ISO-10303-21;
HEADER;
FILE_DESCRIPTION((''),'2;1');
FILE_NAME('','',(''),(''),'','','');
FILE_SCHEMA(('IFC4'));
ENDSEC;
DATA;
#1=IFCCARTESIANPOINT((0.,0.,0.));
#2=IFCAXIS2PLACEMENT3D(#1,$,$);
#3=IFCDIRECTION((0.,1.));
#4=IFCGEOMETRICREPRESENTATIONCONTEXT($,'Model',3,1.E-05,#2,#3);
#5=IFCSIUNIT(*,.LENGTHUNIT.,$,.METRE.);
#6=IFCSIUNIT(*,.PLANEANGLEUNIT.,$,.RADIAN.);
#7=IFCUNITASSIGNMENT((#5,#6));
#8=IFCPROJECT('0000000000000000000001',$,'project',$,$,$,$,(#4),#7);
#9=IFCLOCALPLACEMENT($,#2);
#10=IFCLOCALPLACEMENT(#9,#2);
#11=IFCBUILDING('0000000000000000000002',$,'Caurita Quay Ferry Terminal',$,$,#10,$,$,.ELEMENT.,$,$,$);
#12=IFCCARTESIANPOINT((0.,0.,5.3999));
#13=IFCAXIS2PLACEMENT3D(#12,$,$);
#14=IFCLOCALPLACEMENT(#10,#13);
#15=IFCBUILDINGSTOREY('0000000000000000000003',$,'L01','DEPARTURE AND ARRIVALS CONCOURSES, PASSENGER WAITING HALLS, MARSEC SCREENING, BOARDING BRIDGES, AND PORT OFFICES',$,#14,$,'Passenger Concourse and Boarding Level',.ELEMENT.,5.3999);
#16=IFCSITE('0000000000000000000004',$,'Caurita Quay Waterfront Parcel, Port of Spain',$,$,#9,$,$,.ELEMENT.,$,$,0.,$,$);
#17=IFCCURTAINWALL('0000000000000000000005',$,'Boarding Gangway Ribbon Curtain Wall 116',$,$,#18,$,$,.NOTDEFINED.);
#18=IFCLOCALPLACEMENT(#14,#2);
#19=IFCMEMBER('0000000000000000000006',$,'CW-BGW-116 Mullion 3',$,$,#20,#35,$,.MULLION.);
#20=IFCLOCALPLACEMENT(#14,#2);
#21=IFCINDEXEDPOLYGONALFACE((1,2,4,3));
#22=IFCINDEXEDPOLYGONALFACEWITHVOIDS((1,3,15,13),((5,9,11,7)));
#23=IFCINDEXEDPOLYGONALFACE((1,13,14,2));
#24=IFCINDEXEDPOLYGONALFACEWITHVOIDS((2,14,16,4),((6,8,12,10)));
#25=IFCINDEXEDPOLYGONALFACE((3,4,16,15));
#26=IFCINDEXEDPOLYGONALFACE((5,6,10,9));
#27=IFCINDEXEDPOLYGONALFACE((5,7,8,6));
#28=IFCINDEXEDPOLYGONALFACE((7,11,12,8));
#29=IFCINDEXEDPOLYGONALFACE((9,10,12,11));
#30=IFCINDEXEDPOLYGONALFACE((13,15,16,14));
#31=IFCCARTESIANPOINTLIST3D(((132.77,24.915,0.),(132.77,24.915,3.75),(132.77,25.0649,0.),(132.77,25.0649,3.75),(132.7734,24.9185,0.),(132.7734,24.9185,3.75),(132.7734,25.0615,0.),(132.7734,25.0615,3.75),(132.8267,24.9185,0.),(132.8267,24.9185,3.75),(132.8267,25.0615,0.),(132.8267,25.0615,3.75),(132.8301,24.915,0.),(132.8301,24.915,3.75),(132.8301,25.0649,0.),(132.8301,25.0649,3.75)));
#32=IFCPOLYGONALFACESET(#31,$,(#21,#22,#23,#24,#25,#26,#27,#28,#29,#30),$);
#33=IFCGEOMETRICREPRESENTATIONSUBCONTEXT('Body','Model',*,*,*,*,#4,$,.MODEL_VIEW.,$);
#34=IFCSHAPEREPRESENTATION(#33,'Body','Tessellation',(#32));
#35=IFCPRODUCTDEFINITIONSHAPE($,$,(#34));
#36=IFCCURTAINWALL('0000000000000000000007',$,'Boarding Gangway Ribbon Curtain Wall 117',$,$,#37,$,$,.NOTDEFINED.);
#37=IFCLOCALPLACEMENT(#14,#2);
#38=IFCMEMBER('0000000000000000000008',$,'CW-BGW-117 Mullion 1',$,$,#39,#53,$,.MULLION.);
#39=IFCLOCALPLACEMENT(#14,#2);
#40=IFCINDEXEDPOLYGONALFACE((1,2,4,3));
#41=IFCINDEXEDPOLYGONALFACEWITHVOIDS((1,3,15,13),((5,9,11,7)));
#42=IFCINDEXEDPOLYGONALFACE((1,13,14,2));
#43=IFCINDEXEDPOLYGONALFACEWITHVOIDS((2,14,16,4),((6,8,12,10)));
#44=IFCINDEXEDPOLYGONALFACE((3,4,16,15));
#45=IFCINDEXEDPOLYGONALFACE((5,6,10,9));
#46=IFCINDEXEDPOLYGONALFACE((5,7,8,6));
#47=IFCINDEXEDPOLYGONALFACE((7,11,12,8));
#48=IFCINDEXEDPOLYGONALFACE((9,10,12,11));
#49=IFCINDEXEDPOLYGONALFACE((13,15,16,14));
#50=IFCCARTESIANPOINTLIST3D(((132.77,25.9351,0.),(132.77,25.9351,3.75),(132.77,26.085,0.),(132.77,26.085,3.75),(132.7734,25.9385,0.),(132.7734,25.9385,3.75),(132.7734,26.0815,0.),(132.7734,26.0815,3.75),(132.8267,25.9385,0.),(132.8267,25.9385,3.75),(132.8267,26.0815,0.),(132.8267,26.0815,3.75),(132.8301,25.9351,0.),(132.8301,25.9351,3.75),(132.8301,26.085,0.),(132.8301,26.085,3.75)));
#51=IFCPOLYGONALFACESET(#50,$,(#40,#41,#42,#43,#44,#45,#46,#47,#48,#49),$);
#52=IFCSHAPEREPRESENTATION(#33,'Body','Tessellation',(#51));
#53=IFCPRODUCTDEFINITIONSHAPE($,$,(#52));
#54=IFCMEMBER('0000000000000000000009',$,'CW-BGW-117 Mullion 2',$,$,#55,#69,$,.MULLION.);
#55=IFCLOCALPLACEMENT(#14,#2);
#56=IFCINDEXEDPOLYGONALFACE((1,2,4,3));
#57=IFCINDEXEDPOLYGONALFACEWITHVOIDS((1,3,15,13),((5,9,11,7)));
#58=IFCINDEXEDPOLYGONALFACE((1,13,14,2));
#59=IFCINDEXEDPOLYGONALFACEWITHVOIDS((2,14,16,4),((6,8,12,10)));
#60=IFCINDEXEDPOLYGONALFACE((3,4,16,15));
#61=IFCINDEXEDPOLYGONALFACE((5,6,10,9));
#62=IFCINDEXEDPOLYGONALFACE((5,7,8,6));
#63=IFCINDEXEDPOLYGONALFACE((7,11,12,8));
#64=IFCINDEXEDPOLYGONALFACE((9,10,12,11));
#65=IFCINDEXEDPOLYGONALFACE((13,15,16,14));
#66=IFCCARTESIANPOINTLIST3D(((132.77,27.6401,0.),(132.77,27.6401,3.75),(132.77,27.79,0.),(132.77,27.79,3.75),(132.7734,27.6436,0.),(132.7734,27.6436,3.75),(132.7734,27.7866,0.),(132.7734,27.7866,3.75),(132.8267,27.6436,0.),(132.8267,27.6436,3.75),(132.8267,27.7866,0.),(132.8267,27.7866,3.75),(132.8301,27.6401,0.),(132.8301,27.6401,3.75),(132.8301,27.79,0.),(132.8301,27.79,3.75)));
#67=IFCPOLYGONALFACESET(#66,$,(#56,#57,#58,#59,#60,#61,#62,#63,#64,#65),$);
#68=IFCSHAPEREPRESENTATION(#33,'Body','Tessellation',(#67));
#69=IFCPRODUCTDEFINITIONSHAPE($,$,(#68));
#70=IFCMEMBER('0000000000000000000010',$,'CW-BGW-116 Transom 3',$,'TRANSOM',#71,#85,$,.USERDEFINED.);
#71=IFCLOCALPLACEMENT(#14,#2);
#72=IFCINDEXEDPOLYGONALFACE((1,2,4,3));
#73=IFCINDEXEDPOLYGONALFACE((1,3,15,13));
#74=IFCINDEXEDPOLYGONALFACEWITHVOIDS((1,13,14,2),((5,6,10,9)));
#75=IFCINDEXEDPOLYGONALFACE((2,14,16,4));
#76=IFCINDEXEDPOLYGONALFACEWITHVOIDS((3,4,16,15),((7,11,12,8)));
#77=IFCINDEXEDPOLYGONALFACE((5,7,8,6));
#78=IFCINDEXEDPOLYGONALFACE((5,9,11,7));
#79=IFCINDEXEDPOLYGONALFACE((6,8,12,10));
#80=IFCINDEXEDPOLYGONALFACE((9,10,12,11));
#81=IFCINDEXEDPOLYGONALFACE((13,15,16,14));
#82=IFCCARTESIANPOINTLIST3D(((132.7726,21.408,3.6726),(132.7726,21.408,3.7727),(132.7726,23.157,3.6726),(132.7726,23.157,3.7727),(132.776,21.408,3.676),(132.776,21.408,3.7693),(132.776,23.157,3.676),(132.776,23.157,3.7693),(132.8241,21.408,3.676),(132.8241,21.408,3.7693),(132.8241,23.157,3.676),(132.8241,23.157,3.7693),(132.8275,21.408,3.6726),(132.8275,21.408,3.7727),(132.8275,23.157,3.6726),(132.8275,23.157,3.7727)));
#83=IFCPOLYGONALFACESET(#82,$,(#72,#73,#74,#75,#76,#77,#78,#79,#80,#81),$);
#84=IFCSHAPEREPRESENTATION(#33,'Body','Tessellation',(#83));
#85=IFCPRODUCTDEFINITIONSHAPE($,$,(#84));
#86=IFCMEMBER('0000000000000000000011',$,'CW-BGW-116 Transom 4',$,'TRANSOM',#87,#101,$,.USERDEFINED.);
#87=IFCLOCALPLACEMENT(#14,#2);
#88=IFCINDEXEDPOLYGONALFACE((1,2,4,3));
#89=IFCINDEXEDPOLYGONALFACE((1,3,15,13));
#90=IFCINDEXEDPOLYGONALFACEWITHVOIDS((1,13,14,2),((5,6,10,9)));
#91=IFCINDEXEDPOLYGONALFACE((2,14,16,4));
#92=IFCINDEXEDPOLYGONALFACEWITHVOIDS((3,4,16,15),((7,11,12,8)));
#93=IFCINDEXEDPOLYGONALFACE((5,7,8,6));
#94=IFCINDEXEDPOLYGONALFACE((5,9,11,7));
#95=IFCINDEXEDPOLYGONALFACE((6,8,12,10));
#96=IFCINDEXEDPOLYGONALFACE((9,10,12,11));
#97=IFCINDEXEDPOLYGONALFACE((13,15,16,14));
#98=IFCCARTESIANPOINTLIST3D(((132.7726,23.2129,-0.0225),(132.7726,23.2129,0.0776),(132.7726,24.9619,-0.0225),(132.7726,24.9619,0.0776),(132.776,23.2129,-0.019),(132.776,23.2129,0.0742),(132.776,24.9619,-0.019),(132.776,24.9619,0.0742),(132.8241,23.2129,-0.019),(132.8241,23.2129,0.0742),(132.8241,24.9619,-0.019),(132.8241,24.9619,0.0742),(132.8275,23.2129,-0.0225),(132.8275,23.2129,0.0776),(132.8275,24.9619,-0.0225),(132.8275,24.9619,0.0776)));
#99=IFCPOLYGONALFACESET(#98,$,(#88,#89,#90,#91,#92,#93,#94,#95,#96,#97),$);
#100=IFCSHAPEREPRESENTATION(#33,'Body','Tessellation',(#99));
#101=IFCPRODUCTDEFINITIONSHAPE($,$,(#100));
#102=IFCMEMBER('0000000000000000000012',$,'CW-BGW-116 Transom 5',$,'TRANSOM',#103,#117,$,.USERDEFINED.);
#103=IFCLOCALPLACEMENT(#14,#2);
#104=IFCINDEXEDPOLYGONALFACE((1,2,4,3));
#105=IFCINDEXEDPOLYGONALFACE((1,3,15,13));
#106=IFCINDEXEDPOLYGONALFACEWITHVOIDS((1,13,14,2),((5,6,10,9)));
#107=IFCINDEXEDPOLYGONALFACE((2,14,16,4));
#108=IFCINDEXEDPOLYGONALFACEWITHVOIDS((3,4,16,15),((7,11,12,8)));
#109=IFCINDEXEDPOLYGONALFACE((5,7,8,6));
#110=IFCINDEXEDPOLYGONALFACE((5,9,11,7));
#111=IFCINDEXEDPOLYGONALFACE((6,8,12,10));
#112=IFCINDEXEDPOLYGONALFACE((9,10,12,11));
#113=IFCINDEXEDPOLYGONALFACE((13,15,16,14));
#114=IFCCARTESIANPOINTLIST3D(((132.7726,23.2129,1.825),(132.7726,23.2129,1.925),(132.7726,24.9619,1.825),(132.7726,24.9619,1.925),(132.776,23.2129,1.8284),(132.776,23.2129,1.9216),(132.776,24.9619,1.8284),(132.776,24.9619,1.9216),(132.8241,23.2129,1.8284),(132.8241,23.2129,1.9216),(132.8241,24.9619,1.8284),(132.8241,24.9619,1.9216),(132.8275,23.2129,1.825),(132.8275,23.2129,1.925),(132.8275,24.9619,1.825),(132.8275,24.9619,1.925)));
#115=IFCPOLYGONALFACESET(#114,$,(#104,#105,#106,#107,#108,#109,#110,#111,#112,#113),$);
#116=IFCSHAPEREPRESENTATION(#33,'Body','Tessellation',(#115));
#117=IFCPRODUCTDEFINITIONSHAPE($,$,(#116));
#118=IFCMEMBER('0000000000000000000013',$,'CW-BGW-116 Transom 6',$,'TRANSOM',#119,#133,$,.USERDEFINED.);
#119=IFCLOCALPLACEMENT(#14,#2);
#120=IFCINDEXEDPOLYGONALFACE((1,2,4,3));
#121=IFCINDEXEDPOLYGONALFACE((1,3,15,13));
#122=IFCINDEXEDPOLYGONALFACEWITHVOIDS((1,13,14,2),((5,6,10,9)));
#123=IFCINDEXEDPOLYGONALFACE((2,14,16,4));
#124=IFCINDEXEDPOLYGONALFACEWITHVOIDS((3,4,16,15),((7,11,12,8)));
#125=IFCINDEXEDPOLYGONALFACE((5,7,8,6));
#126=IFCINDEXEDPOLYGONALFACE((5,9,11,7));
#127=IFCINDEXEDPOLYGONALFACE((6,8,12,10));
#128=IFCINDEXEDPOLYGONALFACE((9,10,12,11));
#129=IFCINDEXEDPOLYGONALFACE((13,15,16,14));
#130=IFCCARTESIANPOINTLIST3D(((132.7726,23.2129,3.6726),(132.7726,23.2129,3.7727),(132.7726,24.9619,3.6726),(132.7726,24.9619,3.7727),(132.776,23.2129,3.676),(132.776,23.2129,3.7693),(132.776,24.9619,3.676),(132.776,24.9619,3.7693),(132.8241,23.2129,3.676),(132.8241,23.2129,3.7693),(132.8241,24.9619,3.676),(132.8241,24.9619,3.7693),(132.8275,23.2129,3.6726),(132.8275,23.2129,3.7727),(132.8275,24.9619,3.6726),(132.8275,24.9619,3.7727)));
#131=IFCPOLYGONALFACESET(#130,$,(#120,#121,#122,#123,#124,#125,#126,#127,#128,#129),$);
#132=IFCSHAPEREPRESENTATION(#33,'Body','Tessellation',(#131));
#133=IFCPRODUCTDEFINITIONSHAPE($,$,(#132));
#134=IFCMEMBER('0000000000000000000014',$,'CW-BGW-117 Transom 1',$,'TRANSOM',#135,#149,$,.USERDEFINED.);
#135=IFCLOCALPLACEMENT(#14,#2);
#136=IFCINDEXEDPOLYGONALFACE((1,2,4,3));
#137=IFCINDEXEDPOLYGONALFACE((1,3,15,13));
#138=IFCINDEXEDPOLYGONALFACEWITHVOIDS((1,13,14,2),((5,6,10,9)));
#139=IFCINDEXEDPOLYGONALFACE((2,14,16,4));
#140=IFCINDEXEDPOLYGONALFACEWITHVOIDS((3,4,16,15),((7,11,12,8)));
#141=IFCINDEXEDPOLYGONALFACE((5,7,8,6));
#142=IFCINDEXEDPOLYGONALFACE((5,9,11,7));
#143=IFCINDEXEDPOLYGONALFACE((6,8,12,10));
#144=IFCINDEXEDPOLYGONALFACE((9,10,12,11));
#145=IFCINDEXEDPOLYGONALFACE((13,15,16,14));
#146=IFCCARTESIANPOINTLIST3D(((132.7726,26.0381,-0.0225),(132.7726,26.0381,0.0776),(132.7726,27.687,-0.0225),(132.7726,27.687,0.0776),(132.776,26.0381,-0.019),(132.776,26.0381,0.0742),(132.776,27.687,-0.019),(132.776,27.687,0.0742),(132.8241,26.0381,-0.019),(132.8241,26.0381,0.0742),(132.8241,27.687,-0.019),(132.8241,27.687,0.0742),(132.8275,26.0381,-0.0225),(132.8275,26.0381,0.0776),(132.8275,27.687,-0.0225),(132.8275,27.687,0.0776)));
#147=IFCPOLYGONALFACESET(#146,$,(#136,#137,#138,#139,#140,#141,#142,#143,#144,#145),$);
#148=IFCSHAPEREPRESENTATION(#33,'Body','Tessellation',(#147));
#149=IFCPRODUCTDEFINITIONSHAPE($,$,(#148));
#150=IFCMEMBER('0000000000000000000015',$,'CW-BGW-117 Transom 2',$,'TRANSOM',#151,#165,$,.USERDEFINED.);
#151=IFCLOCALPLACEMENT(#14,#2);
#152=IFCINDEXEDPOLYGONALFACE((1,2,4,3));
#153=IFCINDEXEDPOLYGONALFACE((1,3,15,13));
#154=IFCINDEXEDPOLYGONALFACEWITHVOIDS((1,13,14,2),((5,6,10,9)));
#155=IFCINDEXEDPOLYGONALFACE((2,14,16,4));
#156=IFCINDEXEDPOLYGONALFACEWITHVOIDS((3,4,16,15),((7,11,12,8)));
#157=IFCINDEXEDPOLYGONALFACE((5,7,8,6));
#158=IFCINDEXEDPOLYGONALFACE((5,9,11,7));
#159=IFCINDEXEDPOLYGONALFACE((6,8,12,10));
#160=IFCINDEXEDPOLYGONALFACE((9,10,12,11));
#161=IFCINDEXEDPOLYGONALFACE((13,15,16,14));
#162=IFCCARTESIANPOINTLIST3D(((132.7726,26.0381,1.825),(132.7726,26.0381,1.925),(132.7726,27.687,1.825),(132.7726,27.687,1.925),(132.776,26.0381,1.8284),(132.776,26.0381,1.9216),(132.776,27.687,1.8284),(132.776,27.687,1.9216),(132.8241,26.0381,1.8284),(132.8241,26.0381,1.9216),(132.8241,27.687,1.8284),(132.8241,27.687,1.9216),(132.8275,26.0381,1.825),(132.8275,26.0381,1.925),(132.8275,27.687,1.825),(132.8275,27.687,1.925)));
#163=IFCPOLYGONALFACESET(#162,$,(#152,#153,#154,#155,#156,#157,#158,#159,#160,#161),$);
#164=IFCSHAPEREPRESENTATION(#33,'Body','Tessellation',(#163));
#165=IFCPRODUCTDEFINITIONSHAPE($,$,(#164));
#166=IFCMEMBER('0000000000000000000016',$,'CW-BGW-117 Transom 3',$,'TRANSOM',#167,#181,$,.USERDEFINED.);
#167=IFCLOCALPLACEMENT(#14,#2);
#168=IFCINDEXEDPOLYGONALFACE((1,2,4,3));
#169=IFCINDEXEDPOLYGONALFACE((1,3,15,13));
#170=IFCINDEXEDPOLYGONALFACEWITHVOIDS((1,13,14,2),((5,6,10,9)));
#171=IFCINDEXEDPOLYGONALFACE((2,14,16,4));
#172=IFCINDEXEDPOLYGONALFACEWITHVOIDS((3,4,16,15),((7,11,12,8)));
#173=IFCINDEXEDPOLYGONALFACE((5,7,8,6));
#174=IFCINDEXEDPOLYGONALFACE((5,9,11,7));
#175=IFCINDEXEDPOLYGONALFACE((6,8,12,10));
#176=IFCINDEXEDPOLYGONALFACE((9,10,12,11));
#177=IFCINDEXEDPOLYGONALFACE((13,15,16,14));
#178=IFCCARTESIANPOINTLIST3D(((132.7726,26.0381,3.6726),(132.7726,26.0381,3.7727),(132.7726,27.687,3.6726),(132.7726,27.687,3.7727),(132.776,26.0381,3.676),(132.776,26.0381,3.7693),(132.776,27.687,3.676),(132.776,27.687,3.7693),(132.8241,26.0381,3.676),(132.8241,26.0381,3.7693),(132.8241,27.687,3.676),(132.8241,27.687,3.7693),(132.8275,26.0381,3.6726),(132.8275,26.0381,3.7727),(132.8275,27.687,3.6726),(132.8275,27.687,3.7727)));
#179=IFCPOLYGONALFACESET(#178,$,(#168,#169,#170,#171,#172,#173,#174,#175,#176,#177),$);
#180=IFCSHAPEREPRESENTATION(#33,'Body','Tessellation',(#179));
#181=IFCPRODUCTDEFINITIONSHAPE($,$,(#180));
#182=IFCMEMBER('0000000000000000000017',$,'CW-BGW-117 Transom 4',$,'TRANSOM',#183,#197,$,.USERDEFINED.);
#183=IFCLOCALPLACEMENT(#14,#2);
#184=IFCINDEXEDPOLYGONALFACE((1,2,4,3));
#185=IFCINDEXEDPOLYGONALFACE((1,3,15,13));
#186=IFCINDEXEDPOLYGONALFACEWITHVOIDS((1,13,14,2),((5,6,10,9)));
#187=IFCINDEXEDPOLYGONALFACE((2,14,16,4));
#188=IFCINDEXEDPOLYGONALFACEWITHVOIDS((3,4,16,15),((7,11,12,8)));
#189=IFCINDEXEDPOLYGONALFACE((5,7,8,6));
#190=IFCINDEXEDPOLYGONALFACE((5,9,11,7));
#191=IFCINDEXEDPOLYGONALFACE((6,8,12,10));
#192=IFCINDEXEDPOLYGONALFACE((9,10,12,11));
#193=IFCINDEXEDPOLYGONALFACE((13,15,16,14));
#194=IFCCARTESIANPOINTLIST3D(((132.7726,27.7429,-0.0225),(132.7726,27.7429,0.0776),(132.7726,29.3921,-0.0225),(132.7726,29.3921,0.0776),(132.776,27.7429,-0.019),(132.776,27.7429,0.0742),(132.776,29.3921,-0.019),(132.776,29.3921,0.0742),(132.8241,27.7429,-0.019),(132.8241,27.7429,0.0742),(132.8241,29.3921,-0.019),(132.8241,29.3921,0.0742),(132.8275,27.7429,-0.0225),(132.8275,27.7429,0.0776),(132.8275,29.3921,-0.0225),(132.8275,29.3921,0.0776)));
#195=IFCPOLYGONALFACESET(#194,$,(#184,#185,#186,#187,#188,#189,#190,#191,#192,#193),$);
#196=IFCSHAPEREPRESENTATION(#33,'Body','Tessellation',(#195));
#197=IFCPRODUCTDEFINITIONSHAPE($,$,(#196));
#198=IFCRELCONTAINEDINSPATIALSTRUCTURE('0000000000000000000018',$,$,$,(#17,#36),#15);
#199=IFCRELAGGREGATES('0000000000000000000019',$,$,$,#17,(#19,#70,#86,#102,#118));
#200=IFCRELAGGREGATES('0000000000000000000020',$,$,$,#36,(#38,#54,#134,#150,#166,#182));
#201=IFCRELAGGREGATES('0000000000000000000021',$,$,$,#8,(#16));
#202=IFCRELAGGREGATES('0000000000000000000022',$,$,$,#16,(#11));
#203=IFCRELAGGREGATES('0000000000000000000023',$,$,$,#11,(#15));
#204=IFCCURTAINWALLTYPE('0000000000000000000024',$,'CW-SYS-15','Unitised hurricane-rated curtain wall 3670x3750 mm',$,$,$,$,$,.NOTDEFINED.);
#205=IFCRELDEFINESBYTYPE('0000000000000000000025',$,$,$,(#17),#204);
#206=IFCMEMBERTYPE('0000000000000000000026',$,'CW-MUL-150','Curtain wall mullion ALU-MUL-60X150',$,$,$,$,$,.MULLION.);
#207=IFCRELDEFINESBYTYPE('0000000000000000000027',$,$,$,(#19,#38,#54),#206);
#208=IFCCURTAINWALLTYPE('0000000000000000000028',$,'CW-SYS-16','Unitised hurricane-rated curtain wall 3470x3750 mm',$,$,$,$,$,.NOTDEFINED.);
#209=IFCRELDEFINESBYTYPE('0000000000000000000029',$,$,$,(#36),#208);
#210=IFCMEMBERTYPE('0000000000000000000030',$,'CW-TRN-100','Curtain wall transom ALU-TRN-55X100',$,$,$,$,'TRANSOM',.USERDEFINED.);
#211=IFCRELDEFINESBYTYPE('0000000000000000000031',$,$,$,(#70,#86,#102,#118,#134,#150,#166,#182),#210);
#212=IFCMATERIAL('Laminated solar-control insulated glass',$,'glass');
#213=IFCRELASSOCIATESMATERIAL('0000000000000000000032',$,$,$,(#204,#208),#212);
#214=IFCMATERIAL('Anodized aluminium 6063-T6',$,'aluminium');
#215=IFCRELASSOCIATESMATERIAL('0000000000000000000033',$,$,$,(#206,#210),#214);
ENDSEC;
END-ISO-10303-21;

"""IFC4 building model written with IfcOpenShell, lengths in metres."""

from ifc_helpers import new_model, si_unit, direction, frame, origin, origin_2d, place, context, subcontext, project, spatial, hollow_rectangle, extrude, material, material_profile, profile_set, type_object, element, aggregate, save


model = new_model("IFC4")

# Units and contexts
model_context = context("Model", 3, precision=1e-05, world=origin(), true_north=direction((0.0, 1.0)))
body_context = subcontext(model_context, "Body", "Model", "MODEL_VIEW")
ifc_project = project(units=[si_unit("LENGTHUNIT", "METRE"), si_unit("PLANEANGLEUNIT", "RADIAN")], contexts=[model_context])

# Site, building, storey
site_placement = place(None, origin())
site = spatial("IfcSite", under=ifc_project, at=site_placement, Name="Caurita Quay Waterfront Parcel, Port of Spain", CompositionType="ELEMENT", RefElevation=0.0)
building_placement = place(site_placement, origin())
building = spatial("IfcBuilding", under=site, at=building_placement, Name="Caurita Quay Ferry Terminal", CompositionType="ELEMENT")
storey_placement = place(building_placement, frame((0.0, 0.0, 5.3999)))
storey = spatial("IfcBuildingStorey", under=building, at=storey_placement, Name="L01", Description="DEPARTURE AND ARRIVALS CONCOURSES, PASSENGER WAITING HALLS, MARSEC SCREENING, BOARDING BRIDGES, AND PORT OFFICES", LongName="Passenger Concourse and Boarding Level", CompositionType="ELEMENT", Elevation=5.3999)

# Curtain walls, members
ifc_material_1 = material(Name="Laminated solar-control insulated glass", Category="glass")
curtain_wall_type_1 = type_object("IfcCurtainWallType", Name="CW-SYS-15", Description="Unitised hurricane-rated curtain wall 3670x3750 mm", PredefinedType="NOTDEFINED", material=ifc_material_1)
curtain_wall_1_placement = place(storey_placement, origin())
curtain_wall_1 = element("IfcCurtainWall", 1, at=curtain_wall_1_placement, inside=storey, type_object=curtain_wall_type_1, Name="Boarding Gangway Ribbon Curtain Wall 116", PredefinedType="NOTDEFINED")
ifc_material_2 = material(Name="Anodized aluminium 6063-T6", Category="aluminium")
ifc_material_profile_1 = material_profile(ifc_material_2, hollow_rectangle(XDim=0.0601, YDim=0.1499, WallThickness=0.0034, at=origin_2d()), Name="ALU-MUL-60X150")
ifc_profile_set_1 = profile_set([ifc_material_profile_1], Name="Anodized aluminium 6063-T6")
member_type_1 = type_object("IfcMemberType", Name="CW-MUL-150", Description="Curtain wall mullion ALU-MUL-60X150", PredefinedType="MULLION", material=ifc_profile_set_1)
member_1_placement = place(storey_placement, frame((132.8, 24.99, 0.0), z_axis=(0.0, 0.0, 1.0), x_axis=(-1.0, 0.0, 0.0)))
member_1 = element("IfcMember", 2, at=member_1_placement, type_object=member_type_1, Name="CW-BGW-116 Mullion 3", PredefinedType="MULLION", context=body_context, shape_type="SweptSolid", body=[
    extrude(hollow_rectangle(XDim=0.0601, YDim=0.1499, WallThickness=0.0034, at=origin_2d()), origin(), (0.0, 0.0, 1.0), 3.75),
])
curtain_wall_type_2 = type_object("IfcCurtainWallType", Name="CW-SYS-16", Description="Unitised hurricane-rated curtain wall 3470x3750 mm", PredefinedType="NOTDEFINED", material=ifc_material_1)
curtain_wall_2_placement = place(storey_placement, origin())
curtain_wall_2 = element("IfcCurtainWall", 3, at=curtain_wall_2_placement, inside=storey, type_object=curtain_wall_type_2, Name="Boarding Gangway Ribbon Curtain Wall 117", PredefinedType="NOTDEFINED")
member_2_placement = place(storey_placement, frame((132.8, 26.01, 0.0), z_axis=(0.0, 0.0, 1.0), x_axis=(-1.0, 0.0, 0.0)))
member_2 = element("IfcMember", 4, at=member_2_placement, type_object=member_type_1, Name="CW-BGW-117 Mullion 1", PredefinedType="MULLION", context=body_context, shape_type="SweptSolid", body=[
    extrude(hollow_rectangle(XDim=0.0601, YDim=0.1499, WallThickness=0.0034, at=origin_2d()), origin(), (0.0, 0.0, 1.0), 3.75),
])
member_3_placement = place(storey_placement, frame((132.8, 27.7151, 0.0), z_axis=(0.0, 0.0, 1.0), x_axis=(-1.0, 0.0, 0.0)))
member_3 = element("IfcMember", 5, at=member_3_placement, type_object=member_type_1, Name="CW-BGW-117 Mullion 2", PredefinedType="MULLION", context=body_context, shape_type="SweptSolid", body=[
    extrude(hollow_rectangle(XDim=0.0601, YDim=0.1499, WallThickness=0.0034, at=origin_2d()), origin(), (0.0, 0.0, 1.0), 3.75),
])

# Members
ifc_material_profile_2 = material_profile(ifc_material_2, hollow_rectangle(XDim=0.0549, YDim=0.1001, WallThickness=0.0034, at=origin_2d()), Name="ALU-TRN-55X100")
ifc_profile_set_2 = profile_set([ifc_material_profile_2], Name="Anodized aluminium 6063-T6")
member_type_2 = type_object("IfcMemberType", Name="CW-TRN-100", Description="Curtain wall transom ALU-TRN-55X100", ElementType="TRANSOM", PredefinedType="USERDEFINED", material=ifc_profile_set_2)
member_4_placement = place(storey_placement, frame((132.8, 21.408, 3.7227), z_axis=(0.0, 1.0, 0.0), x_axis=(-1.0, 0.0, 0.0)))
member_4 = element("IfcMember", 6, at=member_4_placement, type_object=member_type_2, Name="CW-BGW-116 Transom 3", ObjectType="TRANSOM", PredefinedType="USERDEFINED", context=body_context, shape_type="SweptSolid", body=[
    extrude(hollow_rectangle(XDim=0.0549, YDim=0.1001, WallThickness=0.0034, at=origin_2d()), origin(), (0.0, 0.0, 1.0), 1.749),
])
member_5_placement = place(storey_placement, frame((132.8, 23.2129, 0.0276), z_axis=(0.0, 1.0, 0.0), x_axis=(-1.0, 0.0, 0.0)))
member_5 = element("IfcMember", 7, at=member_5_placement, type_object=member_type_2, Name="CW-BGW-116 Transom 4", ObjectType="TRANSOM", PredefinedType="USERDEFINED", context=body_context, shape_type="SweptSolid", body=[
    extrude(hollow_rectangle(XDim=0.0549, YDim=0.1001, WallThickness=0.0034, at=origin_2d()), origin(), (0.0, 0.0, 1.0), 1.749),
])
member_6_placement = place(storey_placement, frame((132.8, 23.2129, 1.875), z_axis=(0.0, 1.0, 0.0), x_axis=(-1.0, 0.0, 0.0)))
member_6 = element("IfcMember", 8, at=member_6_placement, type_object=member_type_2, Name="CW-BGW-116 Transom 5", ObjectType="TRANSOM", PredefinedType="USERDEFINED", context=body_context, shape_type="SweptSolid", body=[
    extrude(hollow_rectangle(XDim=0.0549, YDim=0.1001, WallThickness=0.0034, at=origin_2d()), origin(), (0.0, 0.0, 1.0), 1.749),
])
member_7_placement = place(storey_placement, frame((132.8, 23.2129, 3.7227), z_axis=(0.0, 1.0, 0.0), x_axis=(-1.0, 0.0, 0.0)))
member_7 = element("IfcMember", 9, at=member_7_placement, type_object=member_type_2, Name="CW-BGW-116 Transom 6", ObjectType="TRANSOM", PredefinedType="USERDEFINED", context=body_context, shape_type="SweptSolid", body=[
    extrude(hollow_rectangle(XDim=0.0549, YDim=0.1001, WallThickness=0.0034, at=origin_2d()), origin(), (0.0, 0.0, 1.0), 1.749),
])
member_8_placement = place(storey_placement, frame((132.8, 26.0381, 0.0276), z_axis=(0.0, 1.0, 0.0), x_axis=(-1.0, 0.0, 0.0)))
member_8 = element("IfcMember", 10, at=member_8_placement, type_object=member_type_2, Name="CW-BGW-117 Transom 1", ObjectType="TRANSOM", PredefinedType="USERDEFINED", context=body_context, shape_type="SweptSolid", body=[
    extrude(hollow_rectangle(XDim=0.0549, YDim=0.1001, WallThickness=0.0034, at=origin_2d()), origin(), (0.0, 0.0, 1.0), 1.6489),
])
member_9_placement = place(storey_placement, frame((132.8, 26.0381, 1.875), z_axis=(0.0, 1.0, 0.0), x_axis=(-1.0, 0.0, 0.0)))
member_9 = element("IfcMember", 11, at=member_9_placement, type_object=member_type_2, Name="CW-BGW-117 Transom 2", ObjectType="TRANSOM", PredefinedType="USERDEFINED", context=body_context, shape_type="SweptSolid", body=[
    extrude(hollow_rectangle(XDim=0.0549, YDim=0.1001, WallThickness=0.0034, at=origin_2d()), origin(), (0.0, 0.0, 1.0), 1.6489),
])
member_10_placement = place(storey_placement, frame((132.8, 26.0381, 3.7227), z_axis=(0.0, 1.0, 0.0), x_axis=(-1.0, 0.0, 0.0)))
member_10 = element("IfcMember", 12, at=member_10_placement, type_object=member_type_2, Name="CW-BGW-117 Transom 3", ObjectType="TRANSOM", PredefinedType="USERDEFINED", context=body_context, shape_type="SweptSolid", body=[
    extrude(hollow_rectangle(XDim=0.0549, YDim=0.1001, WallThickness=0.0034, at=origin_2d()), origin(), (0.0, 0.0, 1.0), 1.6489),
])
member_11_placement = place(storey_placement, frame((132.8, 27.7429, 0.0276), z_axis=(0.0, 1.0, 0.0), x_axis=(-1.0, 0.0, 0.0)))
member_11 = element("IfcMember", 13, at=member_11_placement, type_object=member_type_2, Name="CW-BGW-117 Transom 4", ObjectType="TRANSOM", PredefinedType="USERDEFINED", context=body_context, shape_type="SweptSolid", body=[
    extrude(hollow_rectangle(XDim=0.0549, YDim=0.1001, WallThickness=0.0034, at=origin_2d()), origin(), (0.0, 0.0, 1.0), 1.6492),
])

aggregate(curtain_wall_1, [member_1, member_4, member_5, member_6, member_7])
aggregate(curtain_wall_2, [member_2, member_3, member_8, member_9, member_10, member_11])

save(model, "model.ifc")
